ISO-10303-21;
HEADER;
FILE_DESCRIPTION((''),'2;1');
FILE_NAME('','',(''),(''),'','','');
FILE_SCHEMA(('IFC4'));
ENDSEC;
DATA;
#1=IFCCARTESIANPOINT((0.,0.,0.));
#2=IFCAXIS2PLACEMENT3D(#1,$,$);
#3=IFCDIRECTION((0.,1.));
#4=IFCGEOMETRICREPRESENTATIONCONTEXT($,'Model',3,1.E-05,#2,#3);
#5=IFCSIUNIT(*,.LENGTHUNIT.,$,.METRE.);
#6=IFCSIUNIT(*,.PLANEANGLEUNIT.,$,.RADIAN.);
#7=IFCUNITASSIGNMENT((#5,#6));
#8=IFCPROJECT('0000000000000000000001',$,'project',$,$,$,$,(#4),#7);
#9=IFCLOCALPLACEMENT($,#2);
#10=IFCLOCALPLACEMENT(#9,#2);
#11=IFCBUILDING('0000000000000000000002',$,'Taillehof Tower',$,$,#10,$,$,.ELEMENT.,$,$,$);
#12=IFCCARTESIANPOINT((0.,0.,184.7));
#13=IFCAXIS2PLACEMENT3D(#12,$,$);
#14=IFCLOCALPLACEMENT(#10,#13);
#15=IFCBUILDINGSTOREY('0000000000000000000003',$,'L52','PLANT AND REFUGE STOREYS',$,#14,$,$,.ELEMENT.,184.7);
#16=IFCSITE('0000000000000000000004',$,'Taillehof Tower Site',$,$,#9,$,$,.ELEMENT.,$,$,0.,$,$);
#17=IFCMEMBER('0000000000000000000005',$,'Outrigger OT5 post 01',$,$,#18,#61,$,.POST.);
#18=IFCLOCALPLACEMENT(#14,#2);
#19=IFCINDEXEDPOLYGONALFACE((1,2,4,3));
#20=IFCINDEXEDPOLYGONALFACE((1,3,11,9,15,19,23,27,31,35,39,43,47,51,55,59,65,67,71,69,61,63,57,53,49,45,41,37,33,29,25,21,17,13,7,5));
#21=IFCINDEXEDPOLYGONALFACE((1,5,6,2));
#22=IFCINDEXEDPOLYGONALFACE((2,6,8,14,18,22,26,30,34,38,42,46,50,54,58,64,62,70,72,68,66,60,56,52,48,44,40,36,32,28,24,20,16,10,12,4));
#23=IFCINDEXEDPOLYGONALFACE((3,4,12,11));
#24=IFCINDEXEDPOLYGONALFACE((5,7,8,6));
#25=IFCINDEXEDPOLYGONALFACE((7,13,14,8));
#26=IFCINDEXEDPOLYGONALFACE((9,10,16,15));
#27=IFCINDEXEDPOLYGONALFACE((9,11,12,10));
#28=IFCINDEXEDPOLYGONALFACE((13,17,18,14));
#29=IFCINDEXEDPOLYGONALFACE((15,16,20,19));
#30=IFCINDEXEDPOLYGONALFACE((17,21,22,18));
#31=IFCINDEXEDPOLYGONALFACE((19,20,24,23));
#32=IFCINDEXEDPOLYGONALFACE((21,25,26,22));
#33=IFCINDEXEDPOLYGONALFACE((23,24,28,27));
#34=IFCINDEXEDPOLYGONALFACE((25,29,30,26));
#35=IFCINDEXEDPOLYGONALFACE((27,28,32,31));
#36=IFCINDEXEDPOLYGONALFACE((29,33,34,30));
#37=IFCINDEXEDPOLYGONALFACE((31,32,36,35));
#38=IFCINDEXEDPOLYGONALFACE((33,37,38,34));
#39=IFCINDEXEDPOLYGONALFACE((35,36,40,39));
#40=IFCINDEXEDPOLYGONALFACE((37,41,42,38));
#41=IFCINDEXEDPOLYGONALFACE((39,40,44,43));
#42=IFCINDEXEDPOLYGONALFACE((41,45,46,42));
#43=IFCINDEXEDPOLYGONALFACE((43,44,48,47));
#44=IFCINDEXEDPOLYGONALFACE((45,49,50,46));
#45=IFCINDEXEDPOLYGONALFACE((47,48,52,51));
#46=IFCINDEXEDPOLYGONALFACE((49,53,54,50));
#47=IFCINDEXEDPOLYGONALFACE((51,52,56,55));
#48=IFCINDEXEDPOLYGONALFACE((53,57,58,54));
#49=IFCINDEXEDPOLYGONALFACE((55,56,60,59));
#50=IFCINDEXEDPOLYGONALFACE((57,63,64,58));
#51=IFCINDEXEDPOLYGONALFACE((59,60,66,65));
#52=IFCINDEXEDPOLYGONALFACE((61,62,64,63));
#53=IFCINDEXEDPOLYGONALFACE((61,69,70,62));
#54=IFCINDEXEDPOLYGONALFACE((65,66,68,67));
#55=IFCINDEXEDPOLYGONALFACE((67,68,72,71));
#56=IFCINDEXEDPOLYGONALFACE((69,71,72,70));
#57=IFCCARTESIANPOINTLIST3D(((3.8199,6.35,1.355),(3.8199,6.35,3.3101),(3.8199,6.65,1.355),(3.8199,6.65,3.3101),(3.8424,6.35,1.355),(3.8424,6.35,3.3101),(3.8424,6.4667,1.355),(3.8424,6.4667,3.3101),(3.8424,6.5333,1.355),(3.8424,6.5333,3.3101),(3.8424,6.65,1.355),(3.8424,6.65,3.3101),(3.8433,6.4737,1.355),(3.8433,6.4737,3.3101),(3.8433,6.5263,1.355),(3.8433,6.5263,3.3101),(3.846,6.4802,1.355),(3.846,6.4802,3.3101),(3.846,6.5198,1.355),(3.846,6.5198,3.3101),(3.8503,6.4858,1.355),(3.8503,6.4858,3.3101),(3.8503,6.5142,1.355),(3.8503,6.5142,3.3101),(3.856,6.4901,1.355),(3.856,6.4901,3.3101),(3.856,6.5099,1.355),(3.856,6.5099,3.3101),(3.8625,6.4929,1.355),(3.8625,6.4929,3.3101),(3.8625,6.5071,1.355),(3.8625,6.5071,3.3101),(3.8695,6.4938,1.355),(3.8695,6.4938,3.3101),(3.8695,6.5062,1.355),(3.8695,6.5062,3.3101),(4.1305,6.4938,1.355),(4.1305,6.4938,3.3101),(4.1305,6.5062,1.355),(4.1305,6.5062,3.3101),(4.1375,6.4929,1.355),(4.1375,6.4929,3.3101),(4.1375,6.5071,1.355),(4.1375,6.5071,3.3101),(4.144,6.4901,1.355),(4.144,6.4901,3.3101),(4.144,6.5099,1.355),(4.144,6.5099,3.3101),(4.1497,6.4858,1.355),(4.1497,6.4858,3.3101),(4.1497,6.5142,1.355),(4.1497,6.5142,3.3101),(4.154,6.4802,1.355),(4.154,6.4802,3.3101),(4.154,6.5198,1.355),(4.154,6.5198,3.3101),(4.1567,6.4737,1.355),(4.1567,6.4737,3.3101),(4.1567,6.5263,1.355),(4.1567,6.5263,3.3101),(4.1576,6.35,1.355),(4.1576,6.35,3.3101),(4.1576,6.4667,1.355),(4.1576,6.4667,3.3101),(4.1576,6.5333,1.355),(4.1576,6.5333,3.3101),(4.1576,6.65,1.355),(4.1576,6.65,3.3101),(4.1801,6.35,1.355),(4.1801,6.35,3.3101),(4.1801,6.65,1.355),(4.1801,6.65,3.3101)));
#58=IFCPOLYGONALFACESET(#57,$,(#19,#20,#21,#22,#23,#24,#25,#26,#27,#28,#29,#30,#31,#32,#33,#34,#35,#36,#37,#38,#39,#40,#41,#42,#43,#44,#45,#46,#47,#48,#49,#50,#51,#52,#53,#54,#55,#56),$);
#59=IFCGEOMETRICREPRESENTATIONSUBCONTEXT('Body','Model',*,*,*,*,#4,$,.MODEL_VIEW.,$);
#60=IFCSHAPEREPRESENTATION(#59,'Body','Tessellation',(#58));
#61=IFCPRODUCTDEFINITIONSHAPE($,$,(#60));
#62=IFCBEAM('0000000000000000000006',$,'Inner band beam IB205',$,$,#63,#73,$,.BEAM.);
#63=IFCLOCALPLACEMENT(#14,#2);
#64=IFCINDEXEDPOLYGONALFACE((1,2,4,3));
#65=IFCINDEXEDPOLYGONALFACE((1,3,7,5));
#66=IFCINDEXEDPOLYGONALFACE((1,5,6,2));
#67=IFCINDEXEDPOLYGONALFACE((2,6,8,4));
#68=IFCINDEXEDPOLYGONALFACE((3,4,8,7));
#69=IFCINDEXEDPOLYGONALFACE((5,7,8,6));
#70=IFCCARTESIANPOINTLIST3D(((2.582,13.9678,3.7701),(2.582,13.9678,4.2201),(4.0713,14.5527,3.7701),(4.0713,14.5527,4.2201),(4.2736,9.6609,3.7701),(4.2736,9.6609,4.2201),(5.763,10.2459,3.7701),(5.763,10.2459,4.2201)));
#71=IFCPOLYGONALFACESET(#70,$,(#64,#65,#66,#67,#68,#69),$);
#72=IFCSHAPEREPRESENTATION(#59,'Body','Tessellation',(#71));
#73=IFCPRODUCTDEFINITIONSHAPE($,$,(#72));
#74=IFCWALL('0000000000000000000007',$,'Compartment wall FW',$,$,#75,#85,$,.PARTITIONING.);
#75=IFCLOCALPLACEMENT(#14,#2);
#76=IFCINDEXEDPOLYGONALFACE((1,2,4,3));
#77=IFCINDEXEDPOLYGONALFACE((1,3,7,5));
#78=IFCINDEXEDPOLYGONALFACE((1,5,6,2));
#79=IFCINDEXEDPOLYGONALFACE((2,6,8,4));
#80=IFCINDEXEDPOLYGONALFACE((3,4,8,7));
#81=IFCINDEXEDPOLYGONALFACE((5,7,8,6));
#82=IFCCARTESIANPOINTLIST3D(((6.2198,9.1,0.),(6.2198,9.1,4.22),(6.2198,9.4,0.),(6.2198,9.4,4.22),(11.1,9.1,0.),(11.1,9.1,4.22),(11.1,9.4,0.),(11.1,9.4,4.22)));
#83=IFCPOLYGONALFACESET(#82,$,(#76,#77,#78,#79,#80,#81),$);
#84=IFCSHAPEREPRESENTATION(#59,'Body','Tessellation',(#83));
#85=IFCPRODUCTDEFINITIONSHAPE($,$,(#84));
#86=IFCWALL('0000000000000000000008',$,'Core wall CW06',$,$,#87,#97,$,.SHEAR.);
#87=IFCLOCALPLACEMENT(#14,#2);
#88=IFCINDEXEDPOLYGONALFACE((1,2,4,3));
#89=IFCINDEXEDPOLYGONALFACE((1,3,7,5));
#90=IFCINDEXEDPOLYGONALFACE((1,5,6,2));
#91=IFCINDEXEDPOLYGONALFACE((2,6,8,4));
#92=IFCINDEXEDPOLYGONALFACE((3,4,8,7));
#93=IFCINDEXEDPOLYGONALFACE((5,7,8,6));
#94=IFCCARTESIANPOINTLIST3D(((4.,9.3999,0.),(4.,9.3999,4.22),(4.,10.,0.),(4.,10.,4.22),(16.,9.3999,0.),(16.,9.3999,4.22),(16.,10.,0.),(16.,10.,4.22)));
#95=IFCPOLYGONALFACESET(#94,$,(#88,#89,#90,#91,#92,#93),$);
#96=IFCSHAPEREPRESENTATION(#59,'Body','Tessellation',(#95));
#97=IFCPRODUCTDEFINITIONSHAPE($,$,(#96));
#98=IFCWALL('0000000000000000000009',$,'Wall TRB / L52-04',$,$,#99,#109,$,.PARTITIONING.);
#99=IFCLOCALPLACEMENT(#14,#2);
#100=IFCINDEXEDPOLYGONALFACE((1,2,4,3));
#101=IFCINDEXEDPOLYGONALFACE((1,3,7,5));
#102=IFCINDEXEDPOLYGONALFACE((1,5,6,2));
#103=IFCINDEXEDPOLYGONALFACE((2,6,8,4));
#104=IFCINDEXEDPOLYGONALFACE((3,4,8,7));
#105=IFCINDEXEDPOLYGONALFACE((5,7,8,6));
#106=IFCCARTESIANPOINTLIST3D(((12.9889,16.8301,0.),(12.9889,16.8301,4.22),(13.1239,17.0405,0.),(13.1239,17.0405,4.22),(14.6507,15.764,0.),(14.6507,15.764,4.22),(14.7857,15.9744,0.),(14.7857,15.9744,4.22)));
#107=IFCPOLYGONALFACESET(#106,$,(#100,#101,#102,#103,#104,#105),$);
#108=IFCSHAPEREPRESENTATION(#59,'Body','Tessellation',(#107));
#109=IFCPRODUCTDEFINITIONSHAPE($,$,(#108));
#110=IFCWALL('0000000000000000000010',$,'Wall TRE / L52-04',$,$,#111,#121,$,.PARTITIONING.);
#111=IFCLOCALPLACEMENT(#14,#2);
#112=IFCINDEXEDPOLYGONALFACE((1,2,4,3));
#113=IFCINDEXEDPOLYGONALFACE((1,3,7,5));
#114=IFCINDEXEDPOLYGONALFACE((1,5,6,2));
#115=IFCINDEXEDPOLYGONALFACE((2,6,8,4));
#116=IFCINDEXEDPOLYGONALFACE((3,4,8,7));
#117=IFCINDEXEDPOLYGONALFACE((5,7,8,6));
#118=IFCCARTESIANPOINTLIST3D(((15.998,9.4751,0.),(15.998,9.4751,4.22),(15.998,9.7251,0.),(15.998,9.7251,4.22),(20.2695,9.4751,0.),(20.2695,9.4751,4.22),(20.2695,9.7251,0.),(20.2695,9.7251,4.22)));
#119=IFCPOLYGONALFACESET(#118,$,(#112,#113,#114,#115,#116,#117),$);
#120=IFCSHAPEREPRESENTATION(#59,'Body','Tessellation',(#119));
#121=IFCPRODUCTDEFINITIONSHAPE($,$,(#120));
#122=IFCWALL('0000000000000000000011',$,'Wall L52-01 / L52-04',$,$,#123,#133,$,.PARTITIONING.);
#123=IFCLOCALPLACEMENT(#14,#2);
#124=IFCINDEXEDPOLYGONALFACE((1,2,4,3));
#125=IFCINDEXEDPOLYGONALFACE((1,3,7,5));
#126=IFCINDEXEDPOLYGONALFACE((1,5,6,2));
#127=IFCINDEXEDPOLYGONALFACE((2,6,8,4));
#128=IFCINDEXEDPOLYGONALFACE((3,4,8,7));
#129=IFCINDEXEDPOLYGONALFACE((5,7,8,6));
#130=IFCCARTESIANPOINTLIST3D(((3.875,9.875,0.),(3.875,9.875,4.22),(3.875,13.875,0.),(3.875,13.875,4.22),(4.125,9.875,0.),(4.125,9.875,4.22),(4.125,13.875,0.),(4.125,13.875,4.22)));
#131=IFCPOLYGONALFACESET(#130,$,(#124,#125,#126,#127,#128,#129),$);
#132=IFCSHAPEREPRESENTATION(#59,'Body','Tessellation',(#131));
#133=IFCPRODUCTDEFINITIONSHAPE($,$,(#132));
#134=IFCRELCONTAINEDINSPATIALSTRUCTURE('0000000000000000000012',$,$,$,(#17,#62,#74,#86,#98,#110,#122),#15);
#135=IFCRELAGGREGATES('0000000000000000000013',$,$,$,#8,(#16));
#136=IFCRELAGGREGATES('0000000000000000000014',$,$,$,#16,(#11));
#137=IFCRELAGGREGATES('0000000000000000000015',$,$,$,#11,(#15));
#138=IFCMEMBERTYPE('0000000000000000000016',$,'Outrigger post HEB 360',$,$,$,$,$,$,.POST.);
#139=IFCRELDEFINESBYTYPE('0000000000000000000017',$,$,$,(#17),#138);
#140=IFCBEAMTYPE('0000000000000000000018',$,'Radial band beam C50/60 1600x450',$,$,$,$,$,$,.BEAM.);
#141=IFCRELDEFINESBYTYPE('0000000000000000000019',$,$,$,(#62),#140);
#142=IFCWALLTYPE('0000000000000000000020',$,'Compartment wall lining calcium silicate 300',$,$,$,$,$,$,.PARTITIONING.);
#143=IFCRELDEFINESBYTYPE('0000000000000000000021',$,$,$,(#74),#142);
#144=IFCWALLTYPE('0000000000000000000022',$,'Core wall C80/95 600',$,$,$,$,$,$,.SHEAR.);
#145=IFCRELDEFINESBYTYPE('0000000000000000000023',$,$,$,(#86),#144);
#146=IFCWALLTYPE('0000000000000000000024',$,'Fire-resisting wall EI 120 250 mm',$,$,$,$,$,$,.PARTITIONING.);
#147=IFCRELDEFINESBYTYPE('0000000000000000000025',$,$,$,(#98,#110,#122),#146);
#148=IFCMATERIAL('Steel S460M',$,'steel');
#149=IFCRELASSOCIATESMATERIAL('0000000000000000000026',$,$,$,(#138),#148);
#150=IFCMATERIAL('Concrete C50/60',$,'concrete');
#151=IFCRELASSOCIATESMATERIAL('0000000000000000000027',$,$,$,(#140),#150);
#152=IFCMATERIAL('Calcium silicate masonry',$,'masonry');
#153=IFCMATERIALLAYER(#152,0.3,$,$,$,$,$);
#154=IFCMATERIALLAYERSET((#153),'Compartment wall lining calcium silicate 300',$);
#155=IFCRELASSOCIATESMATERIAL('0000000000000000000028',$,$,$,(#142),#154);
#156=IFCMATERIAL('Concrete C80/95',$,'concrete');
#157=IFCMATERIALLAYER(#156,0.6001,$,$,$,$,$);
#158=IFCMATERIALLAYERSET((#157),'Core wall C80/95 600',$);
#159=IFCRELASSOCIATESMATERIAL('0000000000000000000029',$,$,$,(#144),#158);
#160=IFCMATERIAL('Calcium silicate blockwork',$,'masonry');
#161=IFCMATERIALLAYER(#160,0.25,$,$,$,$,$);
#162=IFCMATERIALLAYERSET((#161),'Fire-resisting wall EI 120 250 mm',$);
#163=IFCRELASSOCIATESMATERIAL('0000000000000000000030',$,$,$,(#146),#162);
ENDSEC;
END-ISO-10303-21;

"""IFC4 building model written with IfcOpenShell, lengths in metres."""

from ifc_helpers import new_model, si_unit, direction, frame, frame_2d, origin, origin_2d, place, context, subcontext, project, spatial, rectangle, i_section, extrude, material, layer, layer_set, material_profile, profile_set, type_object, element, save


model = new_model("IFC4")

# Units and contexts
model_context = context("Model", 3, precision=1e-05, world=origin(), true_north=direction((0.0, 1.0)))
body_context = subcontext(model_context, "Body", "Model", "MODEL_VIEW")
ifc_project = project(units=[si_unit("LENGTHUNIT", "METRE"), si_unit("PLANEANGLEUNIT", "RADIAN")], contexts=[model_context])

# Site, building, storey
site_placement = place(None, origin())
site = spatial("IfcSite", under=ifc_project, at=site_placement, Name="Taillehof Tower Site", CompositionType="ELEMENT", RefElevation=0.0)
building_placement = place(site_placement, origin())
building = spatial("IfcBuilding", under=site, at=building_placement, Name="Taillehof Tower", CompositionType="ELEMENT")
storey_placement = place(building_placement, frame((0.0, 0.0, 184.7)))
storey = spatial("IfcBuildingStorey", under=building, at=storey_placement, Name="L52", Description="PLANT AND REFUGE STOREYS", CompositionType="ELEMENT", Elevation=184.7)

# Member
ifc_material_1 = material(Name="Steel S460M", Category="steel")
ifc_material_profile_1 = material_profile(ifc_material_1, i_section(OverallWidth=0.3, OverallDepth=0.3601, WebThickness=0.0125, FlangeThickness=0.0225, FilletRadius=0.0271, at=origin_2d()), Name="HEB 360")
ifc_profile_set_1 = profile_set([ifc_material_profile_1], Name="Steel S460M")
member_type_1 = type_object("IfcMemberType", Name="Outrigger post HEB 360", PredefinedType="POST", material=ifc_profile_set_1)
member_1_placement = place(storey_placement, frame((4.0, 6.5, 1.355), z_axis=(0.0, 0.0, 1.0), x_axis=(0.0, 1.0, 0.0)))
element("IfcMember", 1, at=member_1_placement, inside=storey, type_object=member_type_1, Name="Outrigger OT5 post 01", PredefinedType="POST", context=body_context, shape_type="SweptSolid", body=[
    extrude(i_section(OverallWidth=0.3, OverallDepth=0.3601, WebThickness=0.0125, FlangeThickness=0.0225, FilletRadius=0.0271, at=origin_2d()), origin(), (0.0, 0.0, 1.0), 1.9551),
])

# Beam
ifc_material_2 = material(Name="Concrete C50/60", Category="concrete")
ifc_material_profile_2 = material_profile(ifc_material_2, rectangle(XDim=1.6001, YDim=0.45, at=origin_2d()), Name="RC 1600x450")
ifc_profile_set_2 = profile_set([ifc_material_profile_2], Name="Concrete C50/60")
beam_type_1 = type_object("IfcBeamType", Name="Radial band beam C50/60 1600x450", PredefinedType="BEAM", material=ifc_profile_set_2)
beam_1_placement = place(storey_placement, frame((3.3267, 14.2603, 3.9951), z_axis=(0.365589, -0.930777, 0.0), x_axis=(0.930777, 0.365589, 0.0)))
element("IfcBeam", 2, at=beam_1_placement, inside=storey, type_object=beam_type_1, Name="Inner band beam IB205", PredefinedType="BEAM", context=body_context, shape_type="SweptSolid", body=[
    extrude(rectangle(XDim=1.6001, YDim=0.45, at=origin_2d()), origin(), (0.0, 0.0, 1.0), 4.6272),
])

# Walls
ifc_material_3 = material(Name="Calcium silicate masonry", Category="masonry")
ifc_layer_1 = layer(ifc_material_3, 0.3)
ifc_layer_set_1 = layer_set([ifc_layer_1], Name="Compartment wall lining calcium silicate 300")
wall_type_1 = type_object("IfcWallType", Name="Compartment wall lining calcium silicate 300", PredefinedType="PARTITIONING", material=ifc_layer_set_1)
wall_1_placement = place(storey_placement, frame((6.22, 9.25, 0.0), z_axis=(0.0, 0.0, 1.0), x_axis=(1.0, 0.0, 0.0)))
element("IfcWall", 3, at=wall_1_placement, inside=storey, type_object=wall_type_1, Name="Compartment wall FW", PredefinedType="PARTITIONING", context=body_context, shape_type="SweptSolid", body=[
    extrude(rectangle(XDim=4.8801, YDim=0.3, at=frame_2d((2.4399, 0.0))), origin(), (0.0, 0.0, 1.0), 4.22),
])
ifc_material_4 = material(Name="Concrete C80/95", Category="concrete")
ifc_layer_2 = layer(ifc_material_4, 0.6001)
ifc_layer_set_2 = layer_set([ifc_layer_2], Name="Core wall C80/95 600")
wall_type_2 = type_object("IfcWallType", Name="Core wall C80/95 600", PredefinedType="SHEAR", material=ifc_layer_set_2)
wall_2_placement = place(storey_placement, frame((4.0, 9.7, 0.0), z_axis=(0.0, 0.0, 1.0), x_axis=(1.0, 0.0, 0.0)))
element("IfcWall", 4, at=wall_2_placement, inside=storey, type_object=wall_type_2, Name="Core wall CW06", PredefinedType="SHEAR", context=body_context, shape_type="SweptSolid", body=[
    extrude(rectangle(XDim=12.0, YDim=0.6001, at=frame_2d((6.0, 0.0))), origin(), (0.0, 0.0, 1.0), 4.22),
])
ifc_material_5 = material(Name="Calcium silicate blockwork", Category="masonry")
ifc_layer_3 = layer(ifc_material_5, 0.25)
ifc_layer_set_3 = layer_set([ifc_layer_3], Name="Fire-resisting wall EI 120 250 mm")
wall_type_3 = type_object("IfcWallType", Name="Fire-resisting wall EI 120 250 mm", PredefinedType="PARTITIONING", material=ifc_layer_set_3)
wall_3_placement = place(storey_placement, frame((14.7183, 15.8691, 0.0), z_axis=(0.0, 0.0, 1.0), x_axis=(-0.84168, 0.539976, 0.0)))
element("IfcWall", 5, at=wall_3_placement, inside=storey, type_object=wall_type_3, Name="Wall TRB / L52-04", PredefinedType="PARTITIONING", context=body_context, shape_type="SweptSolid", body=[
    extrude(rectangle(XDim=1.9744, YDim=0.25, at=frame_2d((0.9873, 0.0))), origin(), (0.0, 0.0, 1.0), 4.22),
])
wall_4_placement = place(storey_placement, frame((15.998, 9.6001, 0.0), z_axis=(0.0, 0.0, 1.0), x_axis=(1.0, 0.0, 0.0)))
element("IfcWall", 6, at=wall_4_placement, inside=storey, type_object=wall_type_3, Name="Wall TRE / L52-04", PredefinedType="PARTITIONING", context=body_context, shape_type="SweptSolid", body=[
    extrude(rectangle(XDim=4.2715, YDim=0.25, at=frame_2d((2.1357, 0.0))), origin(), (0.0, 0.0, 1.0), 4.22),
])
wall_5_placement = place(storey_placement, frame((4.0, 9.875, 0.0), z_axis=(0.0, 0.0, 1.0), x_axis=(0.0, 1.0, 0.0)))
element("IfcWall", 7, at=wall_5_placement, inside=storey, type_object=wall_type_3, Name="Wall L52-01 / L52-04", PredefinedType="PARTITIONING", context=body_context, shape_type="SweptSolid", body=[
    extrude(rectangle(XDim=4.0, YDim=0.25, at=frame_2d((2.0, 0.0))), origin(), (0.0, 0.0, 1.0), 4.22),
])

save(model, "model.ifc")
